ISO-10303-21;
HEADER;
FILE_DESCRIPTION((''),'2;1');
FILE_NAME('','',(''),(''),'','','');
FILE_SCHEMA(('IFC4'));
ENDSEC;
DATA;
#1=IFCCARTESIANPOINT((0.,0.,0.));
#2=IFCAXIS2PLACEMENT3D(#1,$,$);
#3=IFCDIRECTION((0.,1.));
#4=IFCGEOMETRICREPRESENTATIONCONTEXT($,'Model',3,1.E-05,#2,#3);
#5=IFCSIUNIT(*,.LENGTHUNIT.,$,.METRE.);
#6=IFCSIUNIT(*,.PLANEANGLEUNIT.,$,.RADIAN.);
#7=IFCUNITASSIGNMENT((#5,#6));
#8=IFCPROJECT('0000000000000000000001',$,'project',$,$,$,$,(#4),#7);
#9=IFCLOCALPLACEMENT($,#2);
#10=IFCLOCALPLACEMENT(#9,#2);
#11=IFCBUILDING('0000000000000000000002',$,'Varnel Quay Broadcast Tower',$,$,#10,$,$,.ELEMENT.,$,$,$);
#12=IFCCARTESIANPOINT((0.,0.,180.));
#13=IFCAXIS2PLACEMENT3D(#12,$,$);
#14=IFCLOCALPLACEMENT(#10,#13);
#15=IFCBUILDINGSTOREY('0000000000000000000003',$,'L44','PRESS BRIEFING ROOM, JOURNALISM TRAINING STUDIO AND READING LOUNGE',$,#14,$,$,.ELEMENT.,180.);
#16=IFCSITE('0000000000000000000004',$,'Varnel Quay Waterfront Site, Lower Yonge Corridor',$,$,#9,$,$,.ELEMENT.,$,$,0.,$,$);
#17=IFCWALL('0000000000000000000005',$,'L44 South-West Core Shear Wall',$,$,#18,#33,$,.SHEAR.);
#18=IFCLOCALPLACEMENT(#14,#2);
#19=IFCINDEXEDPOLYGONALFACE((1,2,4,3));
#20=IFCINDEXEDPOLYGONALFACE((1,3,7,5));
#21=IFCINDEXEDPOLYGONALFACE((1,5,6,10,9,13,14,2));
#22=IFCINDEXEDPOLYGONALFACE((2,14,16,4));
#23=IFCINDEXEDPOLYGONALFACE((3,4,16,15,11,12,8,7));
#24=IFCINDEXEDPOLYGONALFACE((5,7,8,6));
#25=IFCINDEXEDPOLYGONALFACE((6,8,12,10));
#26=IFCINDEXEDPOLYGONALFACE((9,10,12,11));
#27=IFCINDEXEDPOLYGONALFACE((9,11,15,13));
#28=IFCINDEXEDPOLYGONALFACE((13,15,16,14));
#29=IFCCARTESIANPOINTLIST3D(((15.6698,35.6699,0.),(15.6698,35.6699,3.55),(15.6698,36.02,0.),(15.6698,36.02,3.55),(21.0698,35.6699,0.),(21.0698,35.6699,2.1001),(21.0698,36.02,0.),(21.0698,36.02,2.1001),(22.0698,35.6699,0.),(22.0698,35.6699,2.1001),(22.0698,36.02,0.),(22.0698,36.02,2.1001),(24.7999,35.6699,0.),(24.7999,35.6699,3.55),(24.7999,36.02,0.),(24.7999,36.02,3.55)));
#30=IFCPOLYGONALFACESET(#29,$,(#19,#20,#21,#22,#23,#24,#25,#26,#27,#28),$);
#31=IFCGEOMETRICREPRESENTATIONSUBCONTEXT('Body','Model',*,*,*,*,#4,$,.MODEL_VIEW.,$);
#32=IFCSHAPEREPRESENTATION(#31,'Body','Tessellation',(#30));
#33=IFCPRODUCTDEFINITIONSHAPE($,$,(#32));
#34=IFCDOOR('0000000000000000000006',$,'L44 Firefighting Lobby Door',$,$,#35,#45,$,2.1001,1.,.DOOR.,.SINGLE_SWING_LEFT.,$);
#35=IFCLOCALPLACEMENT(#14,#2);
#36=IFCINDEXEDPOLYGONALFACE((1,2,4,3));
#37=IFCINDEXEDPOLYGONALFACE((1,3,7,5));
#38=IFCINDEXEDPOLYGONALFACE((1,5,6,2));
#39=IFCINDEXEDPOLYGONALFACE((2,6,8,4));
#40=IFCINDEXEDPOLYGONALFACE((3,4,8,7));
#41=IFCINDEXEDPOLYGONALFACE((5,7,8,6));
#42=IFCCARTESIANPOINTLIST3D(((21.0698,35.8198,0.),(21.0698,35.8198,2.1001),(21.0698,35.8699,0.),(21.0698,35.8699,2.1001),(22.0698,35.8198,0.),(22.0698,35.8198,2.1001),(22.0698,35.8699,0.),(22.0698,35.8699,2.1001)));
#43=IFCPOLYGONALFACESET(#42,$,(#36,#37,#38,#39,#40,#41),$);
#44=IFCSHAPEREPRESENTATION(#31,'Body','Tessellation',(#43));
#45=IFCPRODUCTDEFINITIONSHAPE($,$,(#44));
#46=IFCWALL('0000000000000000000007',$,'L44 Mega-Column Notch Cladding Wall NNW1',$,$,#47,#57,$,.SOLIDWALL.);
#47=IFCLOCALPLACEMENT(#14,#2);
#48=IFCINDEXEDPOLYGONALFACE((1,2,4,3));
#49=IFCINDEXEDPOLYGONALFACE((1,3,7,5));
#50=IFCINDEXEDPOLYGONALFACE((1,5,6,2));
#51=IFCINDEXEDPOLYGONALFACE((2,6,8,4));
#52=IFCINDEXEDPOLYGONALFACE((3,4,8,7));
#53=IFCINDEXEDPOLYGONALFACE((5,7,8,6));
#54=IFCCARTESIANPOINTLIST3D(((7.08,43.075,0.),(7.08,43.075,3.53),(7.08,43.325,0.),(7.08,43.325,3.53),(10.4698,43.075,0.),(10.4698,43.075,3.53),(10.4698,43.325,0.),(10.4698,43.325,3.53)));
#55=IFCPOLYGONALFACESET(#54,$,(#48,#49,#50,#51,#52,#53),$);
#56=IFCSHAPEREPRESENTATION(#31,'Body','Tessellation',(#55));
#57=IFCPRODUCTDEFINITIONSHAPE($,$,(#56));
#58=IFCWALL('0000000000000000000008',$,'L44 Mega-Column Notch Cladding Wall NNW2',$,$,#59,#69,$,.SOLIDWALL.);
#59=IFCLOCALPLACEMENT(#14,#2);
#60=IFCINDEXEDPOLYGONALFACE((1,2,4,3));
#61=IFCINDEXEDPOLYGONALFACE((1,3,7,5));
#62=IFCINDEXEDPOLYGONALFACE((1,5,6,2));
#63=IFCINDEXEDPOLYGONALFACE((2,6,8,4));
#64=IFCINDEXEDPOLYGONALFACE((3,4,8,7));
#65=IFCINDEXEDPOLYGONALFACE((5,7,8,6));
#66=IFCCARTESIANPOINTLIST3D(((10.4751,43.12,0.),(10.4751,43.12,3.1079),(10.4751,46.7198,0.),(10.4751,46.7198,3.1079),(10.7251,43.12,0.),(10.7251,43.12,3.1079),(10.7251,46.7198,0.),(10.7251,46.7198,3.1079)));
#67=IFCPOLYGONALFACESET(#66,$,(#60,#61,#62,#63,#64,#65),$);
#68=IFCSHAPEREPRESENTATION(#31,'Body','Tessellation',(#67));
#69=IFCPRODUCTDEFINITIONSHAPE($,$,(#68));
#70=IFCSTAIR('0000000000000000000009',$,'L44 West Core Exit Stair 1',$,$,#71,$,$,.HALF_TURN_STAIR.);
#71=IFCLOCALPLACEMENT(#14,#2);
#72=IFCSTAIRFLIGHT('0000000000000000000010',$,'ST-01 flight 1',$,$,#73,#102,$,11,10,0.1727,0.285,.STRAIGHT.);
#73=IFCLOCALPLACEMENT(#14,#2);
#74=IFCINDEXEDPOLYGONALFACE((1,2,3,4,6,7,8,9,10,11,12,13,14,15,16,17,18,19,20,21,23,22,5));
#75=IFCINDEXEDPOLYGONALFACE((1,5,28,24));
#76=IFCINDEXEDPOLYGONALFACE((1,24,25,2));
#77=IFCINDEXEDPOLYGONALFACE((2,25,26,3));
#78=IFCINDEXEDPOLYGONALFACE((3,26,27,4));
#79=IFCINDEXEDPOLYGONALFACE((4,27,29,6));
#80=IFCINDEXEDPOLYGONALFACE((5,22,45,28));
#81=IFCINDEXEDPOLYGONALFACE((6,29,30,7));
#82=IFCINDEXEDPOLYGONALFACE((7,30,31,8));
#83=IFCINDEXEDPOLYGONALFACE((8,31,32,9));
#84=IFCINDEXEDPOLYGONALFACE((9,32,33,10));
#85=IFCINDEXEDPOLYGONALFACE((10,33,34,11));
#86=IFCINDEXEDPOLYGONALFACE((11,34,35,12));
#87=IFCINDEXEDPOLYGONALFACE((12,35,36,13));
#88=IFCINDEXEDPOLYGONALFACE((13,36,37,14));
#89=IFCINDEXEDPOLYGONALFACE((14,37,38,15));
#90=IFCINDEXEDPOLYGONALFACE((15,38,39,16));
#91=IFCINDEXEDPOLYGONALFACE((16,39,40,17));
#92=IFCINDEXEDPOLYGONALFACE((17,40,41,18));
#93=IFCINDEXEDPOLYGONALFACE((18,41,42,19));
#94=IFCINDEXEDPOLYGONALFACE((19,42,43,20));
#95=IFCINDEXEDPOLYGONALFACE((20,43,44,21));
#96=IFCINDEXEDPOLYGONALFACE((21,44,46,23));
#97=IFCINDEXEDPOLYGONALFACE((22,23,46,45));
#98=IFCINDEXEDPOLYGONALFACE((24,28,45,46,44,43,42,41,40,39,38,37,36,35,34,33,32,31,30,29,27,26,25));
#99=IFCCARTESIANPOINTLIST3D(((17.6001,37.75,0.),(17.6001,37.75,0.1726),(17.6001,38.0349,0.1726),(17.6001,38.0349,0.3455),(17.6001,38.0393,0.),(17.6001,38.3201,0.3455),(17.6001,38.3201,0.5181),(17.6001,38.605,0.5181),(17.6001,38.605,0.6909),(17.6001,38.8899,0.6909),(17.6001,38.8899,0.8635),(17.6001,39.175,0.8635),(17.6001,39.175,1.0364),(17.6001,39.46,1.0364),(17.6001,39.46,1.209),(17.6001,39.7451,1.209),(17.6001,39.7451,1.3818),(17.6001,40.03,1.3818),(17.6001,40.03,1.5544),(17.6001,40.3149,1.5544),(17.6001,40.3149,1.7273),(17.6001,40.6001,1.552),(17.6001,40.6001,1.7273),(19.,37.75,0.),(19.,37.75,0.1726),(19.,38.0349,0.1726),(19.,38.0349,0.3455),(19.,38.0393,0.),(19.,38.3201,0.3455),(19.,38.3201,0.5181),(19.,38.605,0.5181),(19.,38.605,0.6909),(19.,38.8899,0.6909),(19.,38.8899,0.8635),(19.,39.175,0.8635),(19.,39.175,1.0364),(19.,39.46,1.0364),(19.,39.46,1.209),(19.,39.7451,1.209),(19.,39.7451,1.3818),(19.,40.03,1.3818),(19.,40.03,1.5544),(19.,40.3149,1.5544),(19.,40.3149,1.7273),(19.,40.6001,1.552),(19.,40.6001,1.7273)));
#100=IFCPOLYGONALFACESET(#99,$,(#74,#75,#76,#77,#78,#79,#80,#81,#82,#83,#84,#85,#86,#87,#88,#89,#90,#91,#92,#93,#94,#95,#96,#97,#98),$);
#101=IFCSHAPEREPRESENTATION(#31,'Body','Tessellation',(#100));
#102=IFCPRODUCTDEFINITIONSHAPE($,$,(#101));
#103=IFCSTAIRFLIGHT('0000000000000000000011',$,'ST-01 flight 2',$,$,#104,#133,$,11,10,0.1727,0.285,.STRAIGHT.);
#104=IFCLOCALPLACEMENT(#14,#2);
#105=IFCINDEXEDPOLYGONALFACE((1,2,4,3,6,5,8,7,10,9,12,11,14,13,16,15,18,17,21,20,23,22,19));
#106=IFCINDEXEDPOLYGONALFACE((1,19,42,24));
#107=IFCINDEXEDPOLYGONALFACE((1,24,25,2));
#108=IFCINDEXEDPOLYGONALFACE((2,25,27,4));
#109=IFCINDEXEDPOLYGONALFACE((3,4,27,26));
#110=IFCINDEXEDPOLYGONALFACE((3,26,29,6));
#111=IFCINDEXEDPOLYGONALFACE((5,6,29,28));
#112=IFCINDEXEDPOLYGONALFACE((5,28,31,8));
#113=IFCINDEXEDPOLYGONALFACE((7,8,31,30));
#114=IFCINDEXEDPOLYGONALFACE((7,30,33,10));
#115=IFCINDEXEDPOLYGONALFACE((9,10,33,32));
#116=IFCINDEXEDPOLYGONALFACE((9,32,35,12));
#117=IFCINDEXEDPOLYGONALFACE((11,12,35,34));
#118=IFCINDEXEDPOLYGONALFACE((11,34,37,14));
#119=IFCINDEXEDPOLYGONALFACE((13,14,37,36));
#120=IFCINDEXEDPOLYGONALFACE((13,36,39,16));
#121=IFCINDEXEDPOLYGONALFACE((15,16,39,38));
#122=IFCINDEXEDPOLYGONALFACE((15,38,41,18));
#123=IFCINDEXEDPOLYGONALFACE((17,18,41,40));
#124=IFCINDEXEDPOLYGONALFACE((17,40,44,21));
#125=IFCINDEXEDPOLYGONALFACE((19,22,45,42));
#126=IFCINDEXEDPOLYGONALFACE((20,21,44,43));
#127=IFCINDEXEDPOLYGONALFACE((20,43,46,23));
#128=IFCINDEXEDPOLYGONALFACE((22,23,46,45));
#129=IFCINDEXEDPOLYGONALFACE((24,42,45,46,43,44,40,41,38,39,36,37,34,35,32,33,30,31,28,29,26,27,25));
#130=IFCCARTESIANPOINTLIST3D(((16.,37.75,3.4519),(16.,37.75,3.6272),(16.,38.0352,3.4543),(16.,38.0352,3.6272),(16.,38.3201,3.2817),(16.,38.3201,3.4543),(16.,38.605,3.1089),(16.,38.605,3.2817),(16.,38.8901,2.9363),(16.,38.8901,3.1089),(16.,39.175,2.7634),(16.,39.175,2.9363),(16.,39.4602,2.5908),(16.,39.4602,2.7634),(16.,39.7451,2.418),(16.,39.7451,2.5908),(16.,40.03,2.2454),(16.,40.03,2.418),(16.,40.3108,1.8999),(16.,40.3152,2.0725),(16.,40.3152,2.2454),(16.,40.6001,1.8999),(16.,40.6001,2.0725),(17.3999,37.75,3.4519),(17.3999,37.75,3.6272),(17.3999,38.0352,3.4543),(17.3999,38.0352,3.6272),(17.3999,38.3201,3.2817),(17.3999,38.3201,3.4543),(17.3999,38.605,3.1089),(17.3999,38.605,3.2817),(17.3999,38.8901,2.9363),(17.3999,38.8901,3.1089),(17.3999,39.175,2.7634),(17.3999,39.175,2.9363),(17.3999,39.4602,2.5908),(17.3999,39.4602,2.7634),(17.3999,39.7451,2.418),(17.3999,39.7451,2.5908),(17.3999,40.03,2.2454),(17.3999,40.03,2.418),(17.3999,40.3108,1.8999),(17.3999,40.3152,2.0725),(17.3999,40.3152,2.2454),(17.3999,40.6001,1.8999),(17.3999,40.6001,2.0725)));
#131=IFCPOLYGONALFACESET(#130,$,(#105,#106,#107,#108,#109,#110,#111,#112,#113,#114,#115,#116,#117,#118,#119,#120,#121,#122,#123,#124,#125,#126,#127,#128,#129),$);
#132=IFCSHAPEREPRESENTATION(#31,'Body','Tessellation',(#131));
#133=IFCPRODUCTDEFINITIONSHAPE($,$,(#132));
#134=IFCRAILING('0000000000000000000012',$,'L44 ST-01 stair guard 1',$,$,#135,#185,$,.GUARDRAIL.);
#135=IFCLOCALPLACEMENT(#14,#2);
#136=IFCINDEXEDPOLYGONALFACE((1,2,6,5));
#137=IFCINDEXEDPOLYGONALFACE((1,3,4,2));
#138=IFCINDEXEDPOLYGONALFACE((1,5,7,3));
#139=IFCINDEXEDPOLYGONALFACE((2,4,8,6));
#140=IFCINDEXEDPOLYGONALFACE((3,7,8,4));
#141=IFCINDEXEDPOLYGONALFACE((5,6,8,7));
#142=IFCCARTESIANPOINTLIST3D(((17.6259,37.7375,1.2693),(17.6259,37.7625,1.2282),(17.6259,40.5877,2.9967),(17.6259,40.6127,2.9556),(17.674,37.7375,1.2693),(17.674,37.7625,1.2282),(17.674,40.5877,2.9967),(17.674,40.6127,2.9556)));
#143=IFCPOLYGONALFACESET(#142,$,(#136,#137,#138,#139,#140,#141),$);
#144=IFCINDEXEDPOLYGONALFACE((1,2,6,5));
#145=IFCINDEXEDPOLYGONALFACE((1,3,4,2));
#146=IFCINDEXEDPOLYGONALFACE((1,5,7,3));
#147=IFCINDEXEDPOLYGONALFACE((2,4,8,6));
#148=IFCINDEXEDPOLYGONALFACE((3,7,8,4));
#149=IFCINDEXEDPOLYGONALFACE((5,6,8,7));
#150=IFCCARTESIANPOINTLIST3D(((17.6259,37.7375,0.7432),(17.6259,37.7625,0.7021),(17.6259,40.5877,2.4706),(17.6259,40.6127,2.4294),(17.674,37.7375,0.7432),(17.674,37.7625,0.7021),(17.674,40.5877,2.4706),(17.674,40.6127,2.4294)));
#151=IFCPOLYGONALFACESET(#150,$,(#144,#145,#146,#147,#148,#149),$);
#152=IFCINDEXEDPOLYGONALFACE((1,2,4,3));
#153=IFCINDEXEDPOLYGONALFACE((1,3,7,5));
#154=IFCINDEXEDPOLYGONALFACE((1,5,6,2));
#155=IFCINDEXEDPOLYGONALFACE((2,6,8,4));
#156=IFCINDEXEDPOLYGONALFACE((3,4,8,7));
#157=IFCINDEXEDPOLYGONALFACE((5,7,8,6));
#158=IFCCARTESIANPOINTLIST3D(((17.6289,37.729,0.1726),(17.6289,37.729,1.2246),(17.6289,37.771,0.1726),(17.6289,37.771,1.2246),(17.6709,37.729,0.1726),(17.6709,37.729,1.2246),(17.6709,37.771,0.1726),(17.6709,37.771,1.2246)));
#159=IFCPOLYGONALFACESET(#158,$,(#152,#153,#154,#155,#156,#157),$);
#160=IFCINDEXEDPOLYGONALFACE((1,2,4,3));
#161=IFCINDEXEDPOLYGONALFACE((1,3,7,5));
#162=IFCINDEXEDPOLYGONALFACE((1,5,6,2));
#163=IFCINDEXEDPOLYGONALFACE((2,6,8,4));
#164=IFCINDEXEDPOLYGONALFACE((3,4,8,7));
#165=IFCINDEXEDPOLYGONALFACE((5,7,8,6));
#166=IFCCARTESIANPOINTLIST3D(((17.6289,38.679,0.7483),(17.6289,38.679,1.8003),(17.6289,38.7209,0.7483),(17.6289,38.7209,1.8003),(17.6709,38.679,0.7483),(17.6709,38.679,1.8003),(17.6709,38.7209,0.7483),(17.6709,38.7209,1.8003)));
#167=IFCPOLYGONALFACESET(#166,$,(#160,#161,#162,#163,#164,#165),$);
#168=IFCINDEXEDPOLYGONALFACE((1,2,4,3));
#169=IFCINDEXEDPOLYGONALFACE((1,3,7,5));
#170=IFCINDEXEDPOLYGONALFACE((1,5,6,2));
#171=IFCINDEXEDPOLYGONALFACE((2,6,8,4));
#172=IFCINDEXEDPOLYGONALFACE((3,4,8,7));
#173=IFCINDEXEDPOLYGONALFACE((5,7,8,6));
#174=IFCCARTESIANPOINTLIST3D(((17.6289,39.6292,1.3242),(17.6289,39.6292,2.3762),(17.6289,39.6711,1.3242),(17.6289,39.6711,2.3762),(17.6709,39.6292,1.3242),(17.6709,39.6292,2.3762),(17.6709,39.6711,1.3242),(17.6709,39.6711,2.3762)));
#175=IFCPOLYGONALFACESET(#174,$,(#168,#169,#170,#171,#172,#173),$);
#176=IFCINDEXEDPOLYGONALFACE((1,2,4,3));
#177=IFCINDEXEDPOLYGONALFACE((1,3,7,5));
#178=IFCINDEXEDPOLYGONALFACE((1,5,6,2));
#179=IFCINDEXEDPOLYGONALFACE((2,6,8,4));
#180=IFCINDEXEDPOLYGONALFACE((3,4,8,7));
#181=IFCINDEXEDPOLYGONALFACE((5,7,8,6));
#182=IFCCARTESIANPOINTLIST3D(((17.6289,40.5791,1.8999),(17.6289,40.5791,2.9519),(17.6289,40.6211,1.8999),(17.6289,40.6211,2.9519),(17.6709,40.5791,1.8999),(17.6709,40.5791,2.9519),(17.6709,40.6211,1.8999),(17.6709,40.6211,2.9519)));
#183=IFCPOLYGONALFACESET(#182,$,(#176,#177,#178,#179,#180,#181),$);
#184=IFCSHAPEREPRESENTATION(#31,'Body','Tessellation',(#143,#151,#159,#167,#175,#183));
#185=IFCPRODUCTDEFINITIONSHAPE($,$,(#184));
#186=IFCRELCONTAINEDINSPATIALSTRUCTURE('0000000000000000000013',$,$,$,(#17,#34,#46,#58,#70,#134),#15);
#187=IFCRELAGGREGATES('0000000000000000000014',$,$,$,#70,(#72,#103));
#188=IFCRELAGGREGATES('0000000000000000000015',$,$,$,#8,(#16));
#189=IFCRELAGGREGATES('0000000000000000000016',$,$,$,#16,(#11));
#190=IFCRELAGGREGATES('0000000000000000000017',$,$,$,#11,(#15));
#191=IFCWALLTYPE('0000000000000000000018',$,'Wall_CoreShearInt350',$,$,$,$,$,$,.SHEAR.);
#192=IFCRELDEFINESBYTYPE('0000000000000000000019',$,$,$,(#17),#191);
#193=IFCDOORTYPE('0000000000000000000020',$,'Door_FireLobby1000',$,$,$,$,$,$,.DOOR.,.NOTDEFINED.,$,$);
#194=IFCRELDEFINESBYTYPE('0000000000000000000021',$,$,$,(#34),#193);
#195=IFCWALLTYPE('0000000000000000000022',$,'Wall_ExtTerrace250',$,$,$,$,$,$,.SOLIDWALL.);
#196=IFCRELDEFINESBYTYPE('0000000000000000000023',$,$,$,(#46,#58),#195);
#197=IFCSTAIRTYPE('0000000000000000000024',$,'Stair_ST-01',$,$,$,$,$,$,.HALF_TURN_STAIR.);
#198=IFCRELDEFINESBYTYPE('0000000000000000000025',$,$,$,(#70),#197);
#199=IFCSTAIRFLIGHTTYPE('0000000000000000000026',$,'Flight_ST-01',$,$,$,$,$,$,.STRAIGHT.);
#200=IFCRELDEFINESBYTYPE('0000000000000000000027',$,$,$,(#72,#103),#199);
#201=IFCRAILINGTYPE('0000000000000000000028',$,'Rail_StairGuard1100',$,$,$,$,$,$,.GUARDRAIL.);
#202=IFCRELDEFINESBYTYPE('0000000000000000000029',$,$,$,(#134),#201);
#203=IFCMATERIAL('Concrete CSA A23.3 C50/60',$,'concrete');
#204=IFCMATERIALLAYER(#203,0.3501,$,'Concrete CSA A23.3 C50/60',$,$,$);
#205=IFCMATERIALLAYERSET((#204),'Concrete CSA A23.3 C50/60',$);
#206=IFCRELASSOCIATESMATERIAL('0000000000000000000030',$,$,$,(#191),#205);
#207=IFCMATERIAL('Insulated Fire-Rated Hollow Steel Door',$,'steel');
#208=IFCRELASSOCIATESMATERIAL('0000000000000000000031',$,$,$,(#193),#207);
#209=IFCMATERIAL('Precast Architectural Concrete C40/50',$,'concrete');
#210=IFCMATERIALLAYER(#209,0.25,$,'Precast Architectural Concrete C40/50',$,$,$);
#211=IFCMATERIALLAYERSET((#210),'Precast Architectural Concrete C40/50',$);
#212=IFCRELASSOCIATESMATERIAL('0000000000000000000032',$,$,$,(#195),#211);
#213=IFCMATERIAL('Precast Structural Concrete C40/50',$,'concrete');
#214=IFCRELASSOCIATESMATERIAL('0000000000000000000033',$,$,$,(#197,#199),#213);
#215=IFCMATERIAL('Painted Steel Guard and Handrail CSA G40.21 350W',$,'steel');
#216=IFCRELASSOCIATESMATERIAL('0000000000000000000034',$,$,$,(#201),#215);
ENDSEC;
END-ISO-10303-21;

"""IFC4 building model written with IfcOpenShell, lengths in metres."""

from ifc_helpers import new_model, si_unit, direction, frame, frame_2d, origin, origin_2d, place, context, subcontext, project, spatial, polyline, rectangle, outline, extrude, source, transform, mapped, material, layer, layer_set, type_object, type_shapes, element, fill, aggregate, save


model = new_model("IFC4")

# Units and contexts
model_context = context("Model", 3, precision=1e-05, world=origin(), true_north=direction((0.0, 1.0)))
body_context = subcontext(model_context, "Body", "Model", "MODEL_VIEW")
ifc_project = project(units=[si_unit("LENGTHUNIT", "METRE"), si_unit("PLANEANGLEUNIT", "RADIAN")], contexts=[model_context])

# Site, building, storey
site_placement = place(None, origin())
site = spatial("IfcSite", under=ifc_project, at=site_placement, Name="Varnel Quay Waterfront Site, Lower Yonge Corridor", CompositionType="ELEMENT", RefElevation=0.0)
building_placement = place(site_placement, origin())
building = spatial("IfcBuilding", under=site, at=building_placement, Name="Varnel Quay Broadcast Tower", CompositionType="ELEMENT")
storey_placement = place(building_placement, frame((0.0, 0.0, 180.0)))
storey = spatial("IfcBuildingStorey", under=building, at=storey_placement, Name="L44", Description="PRESS BRIEFING ROOM, JOURNALISM TRAINING STUDIO AND READING LOUNGE", CompositionType="ELEMENT", Elevation=180.0)

# Shared definitions
ifc_material_1 = material(Name="Concrete CSA A23.3 C50/60", Category="concrete")
ifc_material_2 = material(Name="Insulated Fire-Rated Hollow Steel Door", Category="steel")

# Shared definitions
ifc_layer_1 = layer(ifc_material_1, 0.3501, Name="Concrete CSA A23.3 C50/60")
ifc_layer_set_1 = layer_set([ifc_layer_1], Name="Concrete CSA A23.3 C50/60")
wall_type_1 = type_object("IfcWallType", Name="Wall_CoreShearInt350", PredefinedType="SHEAR", material=ifc_layer_set_1)

# Wall, opening, door
wall_1_placement = place(storey_placement, frame((15.6699, 35.845, 0.0), z_axis=(0.0, 0.0, 1.0), x_axis=(1.0, 0.0, 0.0)))
wall_1 = element("IfcWall", 1, at=wall_1_placement, inside=storey, type_object=wall_type_1, Name="L44 South-West Core Shear Wall", PredefinedType="SHEAR", context=body_context, shape_type="SweptSolid", body=[
    extrude(rectangle(XDim=9.1301, YDim=0.3501, at=frame_2d((4.5649, 0.0))), origin(), (0.0, 0.0, 1.0), 3.55),
])
opening_1_placement = place(wall_1_placement, frame((5.3999, 0.0, 0.0)))
opening_1 = element("IfcOpeningElement", 2, at=opening_1_placement, cuts=wall_1, PredefinedType="OPENING", context=body_context, shape_type="SweptSolid", body=[
    extrude(rectangle(XDim=1.0, YDim=2.1001, at=frame_2d((0.5, 1.05))), frame((0.0, 0.1851, 0.0), z_axis=(0.0, -1.0, 0.0), x_axis=(1.0, 0.0, 0.0)), (0.0, 0.0, 1.0), 0.3701),
])
door_type_1 = type_object("IfcDoorType", Name="Door_FireLobby1000", OperationType="NOTDEFINED", PredefinedType="DOOR", material=ifc_material_2)
shared_shape_1 = source(origin(), body_context, "Body", "SweptSolid", [
    extrude(rectangle(XDim=1.0, YDim=2.1001, at=frame_2d((0.5, 1.05))), frame((0.0, 0.0249, 0.0), z_axis=(0.0, -1.0, 0.0), x_axis=(1.0, 0.0, 0.0)), (0.0, 0.0, 1.0), 0.05),
])
type_shapes(door_type_1, [shared_shape_1])
door_1_placement = place(opening_1_placement, origin())
door_1 = element("IfcDoor", 3, at=door_1_placement, inside=storey, type_object=door_type_1, Name="L44 Firefighting Lobby Door", OperationType="SINGLE_SWING_LEFT", OverallHeight=2.1001, OverallWidth=1.0, PredefinedType="DOOR", context=body_context, shape_type="MappedRepresentation", body=[
    mapped(shared_shape_1, transform((0.0, 0.0, 0.0), x_axis=(1.0, 0.0, 0.0), y_axis=(0.0, 1.0, 0.0), z_axis=(0.0, 0.0, 1.0), scale=1.0)),
])
fill(opening_1, door_1)

# Walls
ifc_material_3 = material(Name="Precast Architectural Concrete C40/50", Category="concrete")
ifc_layer_2 = layer(ifc_material_3, 0.25, Name="Precast Architectural Concrete C40/50")
ifc_layer_set_2 = layer_set([ifc_layer_2], Name="Precast Architectural Concrete C40/50")
wall_type_2 = type_object("IfcWallType", Name="Wall_ExtTerrace250", PredefinedType="SOLIDWALL", material=ifc_layer_set_2)
wall_2_placement = place(storey_placement, frame((7.0801, 43.2, 0.0), z_axis=(0.0, 0.0, 1.0), x_axis=(1.0, 0.0, 0.0)))
element("IfcWall", 4, at=wall_2_placement, inside=storey, type_object=wall_type_2, Name="L44 Mega-Column Notch Cladding Wall NNW1", PredefinedType="SOLIDWALL", context=body_context, shape_type="SweptSolid", body=[
    extrude(rectangle(XDim=3.3899, YDim=0.25, at=frame_2d((1.6948, 0.0))), origin(), (0.0, 0.0, 1.0), 3.53),
])
wall_3_placement = place(storey_placement, frame((10.6001, 43.1201, 0.0), z_axis=(0.0, 0.0, 1.0), x_axis=(0.0, 1.0, 0.0)))
element("IfcWall", 5, at=wall_3_placement, inside=storey, type_object=wall_type_2, Name="L44 Mega-Column Notch Cladding Wall NNW2", PredefinedType="SOLIDWALL", context=body_context, shape_type="SweptSolid", body=[
    extrude(rectangle(XDim=3.5999, YDim=0.25, at=frame_2d((1.7998, 0.0))), origin(), (0.0, 0.0, 1.0), 3.1079),
])

# Stair, stair flights
ifc_material_4 = material(Name="Precast Structural Concrete C40/50", Category="concrete")
stair_type = type_object("IfcStairType", Name="Stair_ST-01", PredefinedType="HALF_TURN_STAIR", material=ifc_material_4)
stair_placement = place(storey_placement, origin())
stair = element("IfcStair", 6, at=stair_placement, inside=storey, type_object=stair_type, Name="L44 West Core Exit Stair 1", PredefinedType="HALF_TURN_STAIR")
stair_flight_type = type_object("IfcStairFlightType", Name="Flight_ST-01", PredefinedType="STRAIGHT", material=ifc_material_4)
stair_flight_1_placement = place(storey_placement, frame((18.3, 37.75, 0.0), z_axis=(0.0, 0.0, 1.0), x_axis=(0.0, 1.0, 0.0)))
stair_flight_1 = element("IfcStairFlight", 7, at=stair_flight_1_placement, type_object=stair_flight_type, Name="ST-01 flight 1", NumberOfRisers=11, NumberOfTreads=10, PredefinedType="STRAIGHT", RiserHeight=0.1727, TreadLength=0.285, context=body_context, shape_type="SweptSolid", body=[
    extrude(outline(polyline([(0.0, 0.0), (0.0, 0.1726), (0.2849, 0.1726), (0.2849, 0.3455), (0.5701, 0.3455), (0.5701, 0.5181), (0.855, 0.5181), (0.855, 0.6909), (1.1399, 0.6909), (1.1399, 0.8635), (1.425, 0.8635), (1.425, 1.0364), (1.71, 1.0364), (1.71, 1.209), (1.9951, 1.209), (1.9951, 1.3818), (2.28, 1.3818), (2.28, 1.5544), (2.5649, 1.5544), (2.5649, 1.7273), (2.8501, 1.7273), (2.8501, 1.8999), (2.8501, 1.552), (0.2893, 0.0), (0.0, 0.0)])), frame((0.0, 0.7, 0.0), z_axis=(0.0, -1.0, 0.0), x_axis=(1.0, 0.0, 0.0)), (0.0, 0.0, 1.0), 1.3999),
])
stair_flight_2_placement = place(storey_placement, frame((16.7, 40.6001, 1.8999), z_axis=(0.0, 0.0, 1.0), x_axis=(0.0, -1.0, 0.0)))
stair_flight_2 = element("IfcStairFlight", 8, at=stair_flight_2_placement, type_object=stair_flight_type, Name="ST-01 flight 2", NumberOfRisers=11, NumberOfTreads=10, PredefinedType="STRAIGHT", RiserHeight=0.1727, TreadLength=0.285, context=body_context, shape_type="SweptSolid", body=[
    extrude(outline(polyline([(0.0, 0.0), (0.0, 0.1726), (0.2849, 0.1726), (0.2849, 0.3455), (0.5701, 0.3455), (0.5701, 0.5181), (0.855, 0.5181), (0.855, 0.6909), (1.1399, 0.6909), (1.1399, 0.8635), (1.425, 0.8635), (1.425, 1.0364), (1.71, 1.0364), (1.71, 1.209), (1.9951, 1.209), (1.9951, 1.3818), (2.28, 1.3818), (2.28, 1.5544), (2.5649, 1.5544), (2.5649, 1.7273), (2.8501, 1.7273), (2.8501, 1.8999), (2.8501, 1.552), (0.2893, 0.0), (0.0, 0.0)])), frame((0.0, 0.7, 0.0), z_axis=(0.0, -1.0, 0.0), x_axis=(1.0, 0.0, 0.0)), (0.0, 0.0, 1.0), 1.3999),
])
aggregate(stair, [stair_flight_1, stair_flight_2])

# Railing
ifc_material_5 = material(Name="Painted Steel Guard and Handrail CSA G40.21 350W", Category="steel")
railing_type_1 = type_object("IfcRailingType", Name="Rail_StairGuard1100", PredefinedType="GUARDRAIL", material=ifc_material_5)
railing_1_placement = place(storey_placement, frame((17.6499, 37.75, 0.1726)))
element("IfcRailing", 9, at=railing_1_placement, inside=storey, type_object=railing_type_1, Name="L44 ST-01 stair guard 1", PredefinedType="GUARDRAIL", context=body_context, shape_type="SweptSolid", body=[
    extrude(rectangle(XDim=0.0481, YDim=0.0481, at=origin_2d()), frame((0.0, 0.0, 1.0762), z_axis=(0.0, 0.855203, 0.518294), x_axis=(-1.0, 0.0, 0.0)), (0.0, 0.0, 1.0), 3.3328),
    extrude(rectangle(XDim=0.0481, YDim=0.0481, at=origin_2d()), frame((0.0, 0.0, 0.55), z_axis=(0.0, 0.855203, 0.518294), x_axis=(-1.0, 0.0, 0.0)), (0.0, 0.0, 1.0), 3.3328),
    extrude(rectangle(XDim=0.042, YDim=0.042, at=origin_2d()), origin(), (0.0, 0.0, 1.0), 1.052),
    extrude(rectangle(XDim=0.042, YDim=0.042, at=origin_2d()), frame((0.0, 0.95, 0.5757)), (0.0, 0.0, 1.0), 1.052),
    extrude(rectangle(XDim=0.042, YDim=0.042, at=origin_2d()), frame((0.0, 1.9001, 1.1516)), (0.0, 0.0, 1.0), 1.052),
    extrude(rectangle(XDim=0.042, YDim=0.042, at=origin_2d()), frame((0.0, 2.8501, 1.7273)), (0.0, 0.0, 1.0), 1.052),
])

save(model, "model.ifc")
